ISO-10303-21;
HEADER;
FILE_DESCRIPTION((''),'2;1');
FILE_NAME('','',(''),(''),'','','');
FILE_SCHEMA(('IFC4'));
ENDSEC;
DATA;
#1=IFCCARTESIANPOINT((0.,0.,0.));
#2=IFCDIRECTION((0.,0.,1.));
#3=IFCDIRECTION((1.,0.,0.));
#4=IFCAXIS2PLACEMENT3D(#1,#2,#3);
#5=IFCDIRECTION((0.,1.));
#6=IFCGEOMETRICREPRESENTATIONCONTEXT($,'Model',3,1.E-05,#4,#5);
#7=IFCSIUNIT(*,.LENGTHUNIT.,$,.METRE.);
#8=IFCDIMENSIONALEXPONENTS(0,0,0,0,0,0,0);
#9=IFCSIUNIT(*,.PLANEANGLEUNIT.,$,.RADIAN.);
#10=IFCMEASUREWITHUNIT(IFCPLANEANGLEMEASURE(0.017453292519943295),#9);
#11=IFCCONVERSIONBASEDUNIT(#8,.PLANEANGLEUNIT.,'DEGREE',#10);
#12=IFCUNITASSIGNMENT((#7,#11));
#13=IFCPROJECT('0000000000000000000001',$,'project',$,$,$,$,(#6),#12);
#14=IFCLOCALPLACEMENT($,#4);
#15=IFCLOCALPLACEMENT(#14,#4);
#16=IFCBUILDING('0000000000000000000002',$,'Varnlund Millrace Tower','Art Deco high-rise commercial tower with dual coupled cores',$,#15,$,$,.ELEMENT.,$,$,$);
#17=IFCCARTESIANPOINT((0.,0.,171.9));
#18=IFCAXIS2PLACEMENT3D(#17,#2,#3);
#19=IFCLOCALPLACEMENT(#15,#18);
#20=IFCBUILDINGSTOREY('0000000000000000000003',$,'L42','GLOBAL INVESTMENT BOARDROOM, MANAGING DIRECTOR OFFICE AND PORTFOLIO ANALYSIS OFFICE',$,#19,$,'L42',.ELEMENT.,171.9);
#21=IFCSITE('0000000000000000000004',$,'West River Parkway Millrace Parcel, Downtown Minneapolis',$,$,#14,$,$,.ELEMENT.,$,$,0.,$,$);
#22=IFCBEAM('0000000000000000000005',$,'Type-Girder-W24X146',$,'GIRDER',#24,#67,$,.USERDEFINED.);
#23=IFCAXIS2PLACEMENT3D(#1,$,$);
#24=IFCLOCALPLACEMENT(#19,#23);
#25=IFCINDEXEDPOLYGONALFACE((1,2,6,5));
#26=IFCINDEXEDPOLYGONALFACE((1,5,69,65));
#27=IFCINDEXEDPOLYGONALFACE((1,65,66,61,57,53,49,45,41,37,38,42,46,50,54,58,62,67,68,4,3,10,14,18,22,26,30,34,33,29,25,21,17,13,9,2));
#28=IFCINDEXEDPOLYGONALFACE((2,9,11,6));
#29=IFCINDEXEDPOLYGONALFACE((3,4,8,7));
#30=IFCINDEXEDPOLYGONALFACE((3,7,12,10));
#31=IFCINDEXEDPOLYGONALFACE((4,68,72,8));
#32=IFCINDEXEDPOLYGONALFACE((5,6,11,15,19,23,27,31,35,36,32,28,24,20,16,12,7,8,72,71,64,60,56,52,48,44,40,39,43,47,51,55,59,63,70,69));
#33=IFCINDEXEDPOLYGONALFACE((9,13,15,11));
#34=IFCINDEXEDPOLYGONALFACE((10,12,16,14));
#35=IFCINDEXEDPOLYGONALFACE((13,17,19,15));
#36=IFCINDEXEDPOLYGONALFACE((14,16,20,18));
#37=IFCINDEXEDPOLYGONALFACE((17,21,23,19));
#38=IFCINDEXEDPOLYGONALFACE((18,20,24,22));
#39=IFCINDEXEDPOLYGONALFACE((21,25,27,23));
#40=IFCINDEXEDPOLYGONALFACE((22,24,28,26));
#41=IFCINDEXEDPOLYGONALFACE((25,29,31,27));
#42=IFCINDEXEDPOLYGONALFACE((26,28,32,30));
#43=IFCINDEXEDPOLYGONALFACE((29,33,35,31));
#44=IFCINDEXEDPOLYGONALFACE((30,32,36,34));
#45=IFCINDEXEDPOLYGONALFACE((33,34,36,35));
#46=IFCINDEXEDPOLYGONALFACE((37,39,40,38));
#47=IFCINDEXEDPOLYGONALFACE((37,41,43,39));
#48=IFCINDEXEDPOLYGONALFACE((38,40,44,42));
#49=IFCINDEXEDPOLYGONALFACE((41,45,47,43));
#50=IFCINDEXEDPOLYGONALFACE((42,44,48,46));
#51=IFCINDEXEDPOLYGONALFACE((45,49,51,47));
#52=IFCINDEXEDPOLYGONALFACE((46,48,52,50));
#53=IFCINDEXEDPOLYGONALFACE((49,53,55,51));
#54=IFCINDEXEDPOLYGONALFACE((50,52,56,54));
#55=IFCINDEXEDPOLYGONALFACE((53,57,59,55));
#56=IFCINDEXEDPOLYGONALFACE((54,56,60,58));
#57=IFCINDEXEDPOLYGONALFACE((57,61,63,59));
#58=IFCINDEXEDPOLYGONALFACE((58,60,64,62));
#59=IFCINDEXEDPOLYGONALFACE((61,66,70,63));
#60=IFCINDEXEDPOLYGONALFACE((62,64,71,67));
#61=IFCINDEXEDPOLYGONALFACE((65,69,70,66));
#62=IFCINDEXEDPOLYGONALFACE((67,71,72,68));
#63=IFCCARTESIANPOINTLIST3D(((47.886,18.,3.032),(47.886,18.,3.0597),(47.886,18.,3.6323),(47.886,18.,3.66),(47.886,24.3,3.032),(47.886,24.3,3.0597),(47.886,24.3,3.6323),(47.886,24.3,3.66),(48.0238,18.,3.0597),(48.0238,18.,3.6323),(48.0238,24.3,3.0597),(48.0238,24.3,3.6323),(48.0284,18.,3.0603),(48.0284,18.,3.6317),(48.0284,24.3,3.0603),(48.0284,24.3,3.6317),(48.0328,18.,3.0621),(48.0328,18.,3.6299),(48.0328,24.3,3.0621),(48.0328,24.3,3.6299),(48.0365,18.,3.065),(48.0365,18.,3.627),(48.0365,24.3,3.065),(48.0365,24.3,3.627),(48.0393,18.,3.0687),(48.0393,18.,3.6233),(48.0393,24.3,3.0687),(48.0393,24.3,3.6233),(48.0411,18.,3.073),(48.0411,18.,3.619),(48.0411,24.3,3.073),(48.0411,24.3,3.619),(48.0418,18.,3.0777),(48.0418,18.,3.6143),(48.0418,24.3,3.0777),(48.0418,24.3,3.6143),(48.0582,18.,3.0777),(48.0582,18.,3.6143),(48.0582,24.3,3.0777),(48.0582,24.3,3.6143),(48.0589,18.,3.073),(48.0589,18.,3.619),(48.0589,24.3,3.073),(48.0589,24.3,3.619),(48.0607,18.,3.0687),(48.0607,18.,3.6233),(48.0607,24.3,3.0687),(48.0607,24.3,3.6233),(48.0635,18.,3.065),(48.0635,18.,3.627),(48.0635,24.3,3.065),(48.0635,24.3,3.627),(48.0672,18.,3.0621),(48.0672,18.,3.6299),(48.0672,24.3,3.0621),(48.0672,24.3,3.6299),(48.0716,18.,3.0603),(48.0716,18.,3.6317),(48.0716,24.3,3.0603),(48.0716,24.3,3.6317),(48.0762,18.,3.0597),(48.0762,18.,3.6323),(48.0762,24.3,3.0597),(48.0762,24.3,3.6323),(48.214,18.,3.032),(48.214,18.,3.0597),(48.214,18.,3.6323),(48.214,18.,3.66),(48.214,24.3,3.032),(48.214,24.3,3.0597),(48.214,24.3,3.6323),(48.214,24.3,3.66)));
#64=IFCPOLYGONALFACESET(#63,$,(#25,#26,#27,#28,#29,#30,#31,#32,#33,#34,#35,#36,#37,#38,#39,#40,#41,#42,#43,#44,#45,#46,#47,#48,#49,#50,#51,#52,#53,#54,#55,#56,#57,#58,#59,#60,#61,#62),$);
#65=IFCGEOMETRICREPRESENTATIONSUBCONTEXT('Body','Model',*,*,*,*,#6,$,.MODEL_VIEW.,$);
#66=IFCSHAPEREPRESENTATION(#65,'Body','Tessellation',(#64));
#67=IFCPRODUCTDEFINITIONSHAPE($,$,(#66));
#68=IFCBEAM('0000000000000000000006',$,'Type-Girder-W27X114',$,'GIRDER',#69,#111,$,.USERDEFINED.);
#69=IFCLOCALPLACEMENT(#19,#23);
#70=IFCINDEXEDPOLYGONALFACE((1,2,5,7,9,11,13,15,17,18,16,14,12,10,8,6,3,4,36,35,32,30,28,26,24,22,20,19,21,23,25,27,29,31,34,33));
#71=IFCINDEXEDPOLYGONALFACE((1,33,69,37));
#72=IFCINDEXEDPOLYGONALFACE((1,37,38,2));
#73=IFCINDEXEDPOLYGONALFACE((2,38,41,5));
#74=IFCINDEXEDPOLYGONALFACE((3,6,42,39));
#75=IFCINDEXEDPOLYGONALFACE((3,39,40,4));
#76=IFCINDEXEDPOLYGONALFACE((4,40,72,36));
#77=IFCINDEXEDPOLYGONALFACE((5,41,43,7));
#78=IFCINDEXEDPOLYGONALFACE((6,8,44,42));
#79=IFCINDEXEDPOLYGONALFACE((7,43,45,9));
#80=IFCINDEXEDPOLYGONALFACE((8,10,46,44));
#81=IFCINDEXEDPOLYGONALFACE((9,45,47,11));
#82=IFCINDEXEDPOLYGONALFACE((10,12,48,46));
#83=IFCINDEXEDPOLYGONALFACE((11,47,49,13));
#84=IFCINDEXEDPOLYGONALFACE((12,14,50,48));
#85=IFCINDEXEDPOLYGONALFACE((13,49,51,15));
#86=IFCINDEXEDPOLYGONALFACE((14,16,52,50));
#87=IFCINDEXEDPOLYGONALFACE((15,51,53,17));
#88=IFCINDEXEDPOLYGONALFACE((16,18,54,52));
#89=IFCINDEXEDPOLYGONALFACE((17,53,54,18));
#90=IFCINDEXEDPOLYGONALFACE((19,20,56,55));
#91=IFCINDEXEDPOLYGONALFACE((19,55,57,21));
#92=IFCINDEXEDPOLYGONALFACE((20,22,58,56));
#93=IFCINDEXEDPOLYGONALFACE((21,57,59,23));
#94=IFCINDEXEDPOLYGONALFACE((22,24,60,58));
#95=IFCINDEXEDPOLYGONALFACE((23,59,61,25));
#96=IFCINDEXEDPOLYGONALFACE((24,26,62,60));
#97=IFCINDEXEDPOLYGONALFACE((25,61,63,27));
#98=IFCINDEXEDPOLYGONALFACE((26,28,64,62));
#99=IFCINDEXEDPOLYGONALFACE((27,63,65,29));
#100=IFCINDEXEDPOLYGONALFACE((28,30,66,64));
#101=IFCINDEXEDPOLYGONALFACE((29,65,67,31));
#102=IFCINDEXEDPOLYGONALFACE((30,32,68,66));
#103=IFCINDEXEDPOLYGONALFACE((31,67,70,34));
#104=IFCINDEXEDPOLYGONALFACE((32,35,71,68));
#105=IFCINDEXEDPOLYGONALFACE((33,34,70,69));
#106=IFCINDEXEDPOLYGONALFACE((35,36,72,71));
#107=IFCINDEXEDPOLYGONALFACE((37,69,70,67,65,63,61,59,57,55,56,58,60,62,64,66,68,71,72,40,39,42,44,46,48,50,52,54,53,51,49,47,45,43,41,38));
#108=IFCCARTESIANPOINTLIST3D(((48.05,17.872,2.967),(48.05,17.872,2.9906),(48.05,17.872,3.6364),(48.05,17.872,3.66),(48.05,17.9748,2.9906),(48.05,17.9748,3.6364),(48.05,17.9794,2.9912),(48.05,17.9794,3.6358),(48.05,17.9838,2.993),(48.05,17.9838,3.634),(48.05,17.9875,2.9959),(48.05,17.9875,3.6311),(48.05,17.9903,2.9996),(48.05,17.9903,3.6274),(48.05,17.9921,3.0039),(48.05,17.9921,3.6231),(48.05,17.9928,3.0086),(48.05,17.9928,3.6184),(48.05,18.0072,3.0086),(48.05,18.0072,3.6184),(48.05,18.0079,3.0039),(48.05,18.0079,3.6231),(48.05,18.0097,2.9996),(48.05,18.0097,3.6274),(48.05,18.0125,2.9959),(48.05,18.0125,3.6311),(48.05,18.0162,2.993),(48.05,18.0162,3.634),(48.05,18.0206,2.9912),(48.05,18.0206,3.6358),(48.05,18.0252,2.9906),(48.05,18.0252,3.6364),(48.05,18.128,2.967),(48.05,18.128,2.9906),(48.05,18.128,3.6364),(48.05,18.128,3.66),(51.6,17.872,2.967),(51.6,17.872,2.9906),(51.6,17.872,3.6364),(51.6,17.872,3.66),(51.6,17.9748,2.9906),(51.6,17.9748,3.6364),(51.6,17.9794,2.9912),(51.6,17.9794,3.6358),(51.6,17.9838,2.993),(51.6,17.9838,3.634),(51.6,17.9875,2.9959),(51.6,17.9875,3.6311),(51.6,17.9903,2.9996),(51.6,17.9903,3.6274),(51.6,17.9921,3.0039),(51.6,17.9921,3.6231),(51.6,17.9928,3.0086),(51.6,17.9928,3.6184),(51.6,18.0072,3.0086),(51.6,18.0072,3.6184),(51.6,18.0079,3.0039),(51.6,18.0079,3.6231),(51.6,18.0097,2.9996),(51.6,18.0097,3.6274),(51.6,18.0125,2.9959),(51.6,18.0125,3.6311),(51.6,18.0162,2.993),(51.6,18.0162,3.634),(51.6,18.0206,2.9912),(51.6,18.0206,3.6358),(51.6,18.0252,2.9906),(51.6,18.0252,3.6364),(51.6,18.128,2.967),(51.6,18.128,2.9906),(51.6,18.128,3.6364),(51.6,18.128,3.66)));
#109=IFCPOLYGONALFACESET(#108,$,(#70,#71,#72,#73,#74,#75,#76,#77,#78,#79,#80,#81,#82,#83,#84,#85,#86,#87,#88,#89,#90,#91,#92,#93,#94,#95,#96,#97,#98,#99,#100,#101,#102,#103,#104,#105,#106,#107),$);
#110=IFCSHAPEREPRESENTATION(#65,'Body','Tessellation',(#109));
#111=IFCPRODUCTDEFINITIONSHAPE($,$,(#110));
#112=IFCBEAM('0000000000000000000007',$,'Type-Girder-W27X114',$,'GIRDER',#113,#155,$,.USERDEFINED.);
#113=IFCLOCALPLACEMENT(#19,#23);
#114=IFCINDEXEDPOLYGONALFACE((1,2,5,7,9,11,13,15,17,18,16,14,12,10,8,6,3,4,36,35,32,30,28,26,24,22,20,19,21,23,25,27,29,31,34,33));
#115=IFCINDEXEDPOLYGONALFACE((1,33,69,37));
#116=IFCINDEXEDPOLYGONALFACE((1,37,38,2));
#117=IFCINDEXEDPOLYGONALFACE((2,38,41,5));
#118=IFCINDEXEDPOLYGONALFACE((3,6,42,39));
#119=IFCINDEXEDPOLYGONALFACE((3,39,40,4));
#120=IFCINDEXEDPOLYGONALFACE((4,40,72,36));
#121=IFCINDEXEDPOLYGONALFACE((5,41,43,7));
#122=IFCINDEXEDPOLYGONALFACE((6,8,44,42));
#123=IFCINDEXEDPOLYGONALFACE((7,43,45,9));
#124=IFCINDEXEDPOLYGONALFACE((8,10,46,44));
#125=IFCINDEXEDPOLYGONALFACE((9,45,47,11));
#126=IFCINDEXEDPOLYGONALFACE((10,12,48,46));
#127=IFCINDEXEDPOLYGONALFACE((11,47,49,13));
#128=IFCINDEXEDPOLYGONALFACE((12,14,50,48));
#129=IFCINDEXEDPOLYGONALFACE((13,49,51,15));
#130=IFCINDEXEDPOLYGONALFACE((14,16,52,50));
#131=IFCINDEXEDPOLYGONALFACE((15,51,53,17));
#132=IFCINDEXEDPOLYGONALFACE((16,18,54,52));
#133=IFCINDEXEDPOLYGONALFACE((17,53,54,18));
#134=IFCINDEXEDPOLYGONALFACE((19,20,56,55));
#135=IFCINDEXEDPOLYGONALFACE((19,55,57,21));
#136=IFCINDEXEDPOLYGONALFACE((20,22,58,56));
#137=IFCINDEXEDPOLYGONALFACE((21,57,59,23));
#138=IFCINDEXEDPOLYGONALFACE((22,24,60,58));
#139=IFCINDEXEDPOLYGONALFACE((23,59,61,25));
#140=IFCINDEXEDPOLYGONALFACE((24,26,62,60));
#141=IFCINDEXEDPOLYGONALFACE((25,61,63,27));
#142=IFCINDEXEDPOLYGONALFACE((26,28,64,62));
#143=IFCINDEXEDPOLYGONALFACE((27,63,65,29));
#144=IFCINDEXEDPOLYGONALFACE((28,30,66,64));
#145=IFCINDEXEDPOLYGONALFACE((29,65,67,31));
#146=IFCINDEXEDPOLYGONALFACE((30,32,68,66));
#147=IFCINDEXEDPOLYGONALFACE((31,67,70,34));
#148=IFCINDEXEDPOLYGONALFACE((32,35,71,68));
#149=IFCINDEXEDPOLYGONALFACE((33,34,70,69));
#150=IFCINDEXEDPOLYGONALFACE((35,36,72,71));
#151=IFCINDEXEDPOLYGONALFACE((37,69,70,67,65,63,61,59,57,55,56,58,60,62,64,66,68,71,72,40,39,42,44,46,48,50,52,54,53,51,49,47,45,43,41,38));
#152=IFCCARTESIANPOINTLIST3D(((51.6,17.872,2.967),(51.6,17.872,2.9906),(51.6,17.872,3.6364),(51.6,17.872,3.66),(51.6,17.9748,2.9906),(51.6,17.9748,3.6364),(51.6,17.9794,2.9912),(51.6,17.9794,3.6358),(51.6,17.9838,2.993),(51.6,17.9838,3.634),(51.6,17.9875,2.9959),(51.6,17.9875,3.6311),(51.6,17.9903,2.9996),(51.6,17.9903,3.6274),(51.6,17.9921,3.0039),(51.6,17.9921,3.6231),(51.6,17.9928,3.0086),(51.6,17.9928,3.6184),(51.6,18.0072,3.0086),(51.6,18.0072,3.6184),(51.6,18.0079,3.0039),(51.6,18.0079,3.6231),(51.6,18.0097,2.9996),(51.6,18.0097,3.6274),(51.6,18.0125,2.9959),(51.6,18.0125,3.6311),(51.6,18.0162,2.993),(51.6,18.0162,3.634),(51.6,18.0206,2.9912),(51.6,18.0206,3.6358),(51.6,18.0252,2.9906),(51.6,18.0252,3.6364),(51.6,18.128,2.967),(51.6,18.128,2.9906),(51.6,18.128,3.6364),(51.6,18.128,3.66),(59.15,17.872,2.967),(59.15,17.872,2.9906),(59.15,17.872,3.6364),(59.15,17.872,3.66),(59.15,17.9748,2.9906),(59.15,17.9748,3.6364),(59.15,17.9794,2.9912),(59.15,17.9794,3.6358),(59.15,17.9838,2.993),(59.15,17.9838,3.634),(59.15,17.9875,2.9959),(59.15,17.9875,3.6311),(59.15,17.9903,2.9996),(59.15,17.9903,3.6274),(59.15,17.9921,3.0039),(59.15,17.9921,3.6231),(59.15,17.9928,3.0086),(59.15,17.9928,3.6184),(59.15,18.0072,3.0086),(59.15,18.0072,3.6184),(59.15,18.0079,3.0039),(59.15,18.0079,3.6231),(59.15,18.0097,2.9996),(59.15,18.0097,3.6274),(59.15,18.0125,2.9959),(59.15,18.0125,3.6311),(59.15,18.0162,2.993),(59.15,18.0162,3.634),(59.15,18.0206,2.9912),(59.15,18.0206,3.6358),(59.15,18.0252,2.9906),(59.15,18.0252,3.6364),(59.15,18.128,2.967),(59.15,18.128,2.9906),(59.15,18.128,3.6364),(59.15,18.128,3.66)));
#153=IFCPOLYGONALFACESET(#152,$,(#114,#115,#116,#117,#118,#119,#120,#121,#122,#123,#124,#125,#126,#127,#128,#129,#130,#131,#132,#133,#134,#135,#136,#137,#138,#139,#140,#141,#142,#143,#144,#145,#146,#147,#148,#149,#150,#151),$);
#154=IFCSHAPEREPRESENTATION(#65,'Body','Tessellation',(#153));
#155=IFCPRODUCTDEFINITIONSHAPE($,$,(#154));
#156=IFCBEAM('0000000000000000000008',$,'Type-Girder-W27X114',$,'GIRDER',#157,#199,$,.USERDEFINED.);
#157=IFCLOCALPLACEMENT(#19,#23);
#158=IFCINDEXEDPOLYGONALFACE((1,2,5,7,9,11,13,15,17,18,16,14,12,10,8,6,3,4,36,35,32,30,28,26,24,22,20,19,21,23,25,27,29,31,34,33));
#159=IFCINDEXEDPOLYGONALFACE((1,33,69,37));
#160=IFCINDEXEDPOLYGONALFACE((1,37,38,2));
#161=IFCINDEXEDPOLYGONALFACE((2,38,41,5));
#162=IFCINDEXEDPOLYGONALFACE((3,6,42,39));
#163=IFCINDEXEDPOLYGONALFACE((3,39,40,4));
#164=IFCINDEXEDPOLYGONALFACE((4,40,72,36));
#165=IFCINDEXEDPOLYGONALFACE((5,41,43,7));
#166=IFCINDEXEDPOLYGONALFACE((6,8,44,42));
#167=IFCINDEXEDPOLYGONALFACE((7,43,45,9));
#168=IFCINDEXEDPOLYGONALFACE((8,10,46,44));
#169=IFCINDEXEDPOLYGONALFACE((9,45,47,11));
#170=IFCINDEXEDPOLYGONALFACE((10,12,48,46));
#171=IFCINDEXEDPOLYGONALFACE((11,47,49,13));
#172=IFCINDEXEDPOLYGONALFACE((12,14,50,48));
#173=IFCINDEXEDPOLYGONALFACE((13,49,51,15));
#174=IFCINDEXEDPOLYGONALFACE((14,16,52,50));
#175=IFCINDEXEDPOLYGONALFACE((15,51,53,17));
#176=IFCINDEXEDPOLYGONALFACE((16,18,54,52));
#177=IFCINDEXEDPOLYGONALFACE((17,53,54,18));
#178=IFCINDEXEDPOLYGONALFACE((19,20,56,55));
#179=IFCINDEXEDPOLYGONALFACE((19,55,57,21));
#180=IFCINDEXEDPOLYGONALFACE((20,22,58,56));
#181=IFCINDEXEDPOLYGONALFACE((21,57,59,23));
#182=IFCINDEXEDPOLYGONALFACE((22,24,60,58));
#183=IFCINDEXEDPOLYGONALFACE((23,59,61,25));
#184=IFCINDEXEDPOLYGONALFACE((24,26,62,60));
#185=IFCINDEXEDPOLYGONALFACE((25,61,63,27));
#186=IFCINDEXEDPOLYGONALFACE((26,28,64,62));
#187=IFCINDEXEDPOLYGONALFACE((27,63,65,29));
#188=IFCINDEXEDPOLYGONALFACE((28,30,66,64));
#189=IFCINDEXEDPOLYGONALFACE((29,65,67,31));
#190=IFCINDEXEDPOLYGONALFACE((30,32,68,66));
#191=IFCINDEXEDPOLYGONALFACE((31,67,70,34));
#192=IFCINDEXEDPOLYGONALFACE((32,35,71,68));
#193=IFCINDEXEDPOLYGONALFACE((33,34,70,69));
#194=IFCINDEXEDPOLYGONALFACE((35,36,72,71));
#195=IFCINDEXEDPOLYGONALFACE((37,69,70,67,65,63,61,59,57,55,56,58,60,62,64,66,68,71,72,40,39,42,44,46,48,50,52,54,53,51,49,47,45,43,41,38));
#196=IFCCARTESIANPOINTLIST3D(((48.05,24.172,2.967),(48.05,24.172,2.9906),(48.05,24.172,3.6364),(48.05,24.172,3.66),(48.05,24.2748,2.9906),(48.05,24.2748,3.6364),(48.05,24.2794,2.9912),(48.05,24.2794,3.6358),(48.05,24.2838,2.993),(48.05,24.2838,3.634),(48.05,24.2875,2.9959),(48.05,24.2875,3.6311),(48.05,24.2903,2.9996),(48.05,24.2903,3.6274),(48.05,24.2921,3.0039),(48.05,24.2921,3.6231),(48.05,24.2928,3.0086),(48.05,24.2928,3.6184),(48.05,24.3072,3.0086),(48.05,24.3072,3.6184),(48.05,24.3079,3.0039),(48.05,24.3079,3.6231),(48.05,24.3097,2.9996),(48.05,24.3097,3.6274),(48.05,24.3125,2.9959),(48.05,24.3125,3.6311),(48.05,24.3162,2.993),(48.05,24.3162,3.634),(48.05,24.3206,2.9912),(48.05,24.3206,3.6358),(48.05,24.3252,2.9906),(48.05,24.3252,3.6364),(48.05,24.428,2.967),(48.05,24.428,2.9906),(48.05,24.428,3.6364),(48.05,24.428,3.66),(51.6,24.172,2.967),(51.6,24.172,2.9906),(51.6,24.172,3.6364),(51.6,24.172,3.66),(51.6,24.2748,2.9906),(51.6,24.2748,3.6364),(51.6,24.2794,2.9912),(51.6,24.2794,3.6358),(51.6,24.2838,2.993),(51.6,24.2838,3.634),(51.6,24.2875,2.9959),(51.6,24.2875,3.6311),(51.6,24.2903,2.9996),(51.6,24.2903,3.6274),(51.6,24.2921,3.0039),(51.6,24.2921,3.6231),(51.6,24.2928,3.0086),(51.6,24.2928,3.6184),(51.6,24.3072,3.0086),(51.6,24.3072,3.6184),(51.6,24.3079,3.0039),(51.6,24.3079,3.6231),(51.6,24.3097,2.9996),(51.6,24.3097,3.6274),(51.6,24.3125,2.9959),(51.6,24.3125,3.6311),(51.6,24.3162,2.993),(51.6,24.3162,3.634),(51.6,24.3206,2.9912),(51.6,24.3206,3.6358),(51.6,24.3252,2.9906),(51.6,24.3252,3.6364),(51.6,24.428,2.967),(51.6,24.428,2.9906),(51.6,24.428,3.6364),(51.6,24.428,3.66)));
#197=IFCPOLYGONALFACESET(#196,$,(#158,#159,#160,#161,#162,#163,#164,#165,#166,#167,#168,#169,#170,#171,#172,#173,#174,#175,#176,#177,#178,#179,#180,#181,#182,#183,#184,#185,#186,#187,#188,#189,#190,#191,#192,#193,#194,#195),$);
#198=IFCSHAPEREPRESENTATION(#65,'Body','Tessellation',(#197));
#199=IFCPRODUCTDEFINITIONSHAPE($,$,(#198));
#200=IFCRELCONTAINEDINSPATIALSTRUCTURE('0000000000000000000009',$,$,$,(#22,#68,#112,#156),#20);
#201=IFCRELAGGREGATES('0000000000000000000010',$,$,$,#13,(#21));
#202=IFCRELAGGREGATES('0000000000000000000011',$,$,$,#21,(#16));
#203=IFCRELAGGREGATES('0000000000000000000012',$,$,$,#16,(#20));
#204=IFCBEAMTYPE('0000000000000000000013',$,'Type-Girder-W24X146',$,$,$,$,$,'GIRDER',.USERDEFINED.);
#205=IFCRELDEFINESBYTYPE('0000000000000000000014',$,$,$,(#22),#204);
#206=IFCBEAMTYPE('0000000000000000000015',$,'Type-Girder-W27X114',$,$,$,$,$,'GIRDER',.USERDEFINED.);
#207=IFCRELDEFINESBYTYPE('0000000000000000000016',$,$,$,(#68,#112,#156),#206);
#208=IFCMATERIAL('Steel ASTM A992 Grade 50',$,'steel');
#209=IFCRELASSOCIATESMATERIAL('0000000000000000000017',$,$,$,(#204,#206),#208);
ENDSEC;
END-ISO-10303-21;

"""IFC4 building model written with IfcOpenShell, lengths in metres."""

from ifc_helpers import new_model, entity, si_unit, converted_unit, direction, frame, origin_with_axes, origin_2d_with_axis, place, context, subcontext, project, spatial, i_section, extrude, material, material_profile, profile_set, type_object, element, save


model = new_model("IFC4")

# Units and contexts
model_context = context("Model", 3, precision=1e-05, world=origin_with_axes(), true_north=direction((0.0, 1.0)))
body_context = subcontext(model_context, "Body", "Model", "MODEL_VIEW")
ifc_project = project(units=[si_unit("LENGTHUNIT", "METRE"), converted_unit("PLANEANGLEUNIT", "DEGREE", entity("IfcPlaneAngleMeasure", 0.017453292519943295), si_unit("PLANEANGLEUNIT", "RADIAN"), dimensions=[0, 0, 0, 0, 0, 0, 0])], contexts=[model_context])

# Site, building, storey
site_placement = place(None, origin_with_axes())
site = spatial("IfcSite", under=ifc_project, at=site_placement, Name="West River Parkway Millrace Parcel, Downtown Minneapolis", CompositionType="ELEMENT", RefElevation=0.0)
building_placement = place(site_placement, origin_with_axes())
building = spatial("IfcBuilding", under=site, at=building_placement, Name="Varnlund Millrace Tower", Description="Art Deco high-rise commercial tower with dual coupled cores", CompositionType="ELEMENT")
storey_placement = place(building_placement, frame((0.0, 0.0, 171.9), z_axis=(0.0, 0.0, 1.0), x_axis=(1.0, 0.0, 0.0)))
storey = spatial("IfcBuildingStorey", under=building, at=storey_placement, Name="L42", Description="GLOBAL INVESTMENT BOARDROOM, MANAGING DIRECTOR OFFICE AND PORTFOLIO ANALYSIS OFFICE", LongName="L42", CompositionType="ELEMENT", Elevation=171.9)

# Beams
ifc_material_1 = material(Name="Steel ASTM A992 Grade 50", Category="steel")
ifc_material_profile_1 = material_profile(ifc_material_1, i_section(OverallWidth=0.328, OverallDepth=0.628, WebThickness=0.0165, FlangeThickness=0.0277, FilletRadius=0.018, at=origin_2d_with_axis()), Name="Steel ASTM A992 Grade 50")
ifc_profile_set_1 = profile_set([ifc_material_profile_1], Name="Steel ASTM A992 Grade 50")
beam_type_1 = type_object("IfcBeamType", Name="Type-Girder-W24X146", ElementType="GIRDER", PredefinedType="USERDEFINED", material=ifc_profile_set_1)
beam_1_placement = place(storey_placement, frame((48.05, 18.0, 3.346), z_axis=(0.0, 1.0, 0.0), x_axis=(-1.0, 0.0, 0.0)))
element("IfcBeam", 1, at=beam_1_placement, inside=storey, type_object=beam_type_1, Name="Type-Girder-W24X146", ObjectType="GIRDER", PredefinedType="USERDEFINED", context=body_context, shape_type="SweptSolid", body=[
    extrude(i_section(OverallWidth=0.328, OverallDepth=0.628, WebThickness=0.0165, FlangeThickness=0.0277, FilletRadius=0.018, at=origin_2d_with_axis()), origin_with_axes(), (0.0, 0.0, 1.0), 6.3),
])
ifc_material_profile_2 = material_profile(ifc_material_1, i_section(OverallWidth=0.256, OverallDepth=0.693, WebThickness=0.0145, FlangeThickness=0.0236, FilletRadius=0.018, at=origin_2d_with_axis()), Name="Steel ASTM A992 Grade 50")
ifc_profile_set_2 = profile_set([ifc_material_profile_2], Name="Steel ASTM A992 Grade 50")
beam_type_2 = type_object("IfcBeamType", Name="Type-Girder-W27X114", ElementType="GIRDER", PredefinedType="USERDEFINED", material=ifc_profile_set_2)
beam_2_placement = place(storey_placement, frame((48.05, 18.0, 3.3135), z_axis=(1.0, 0.0, 0.0), x_axis=(0.0, 1.0, 0.0)))
element("IfcBeam", 2, at=beam_2_placement, inside=storey, type_object=beam_type_2, Name="Type-Girder-W27X114", ObjectType="GIRDER", PredefinedType="USERDEFINED", context=body_context, shape_type="SweptSolid", body=[
    extrude(i_section(OverallWidth=0.256, OverallDepth=0.693, WebThickness=0.0145, FlangeThickness=0.0236, FilletRadius=0.018, at=origin_2d_with_axis()), origin_with_axes(), (0.0, 0.0, 1.0), 3.55),
])
beam_3_placement = place(storey_placement, frame((51.6, 18.0, 3.3135), z_axis=(1.0, 0.0, 0.0), x_axis=(0.0, 1.0, 0.0)))
element("IfcBeam", 3, at=beam_3_placement, inside=storey, type_object=beam_type_2, Name="Type-Girder-W27X114", ObjectType="GIRDER", PredefinedType="USERDEFINED", context=body_context, shape_type="SweptSolid", body=[
    extrude(i_section(OverallWidth=0.256, OverallDepth=0.693, WebThickness=0.0145, FlangeThickness=0.0236, FilletRadius=0.018, at=origin_2d_with_axis()), origin_with_axes(), (0.0, 0.0, 1.0), 7.55),
])
beam_4_placement = place(storey_placement, frame((48.05, 24.3, 3.3135), z_axis=(1.0, 0.0, 0.0), x_axis=(0.0, 1.0, 0.0)))
element("IfcBeam", 4, at=beam_4_placement, inside=storey, type_object=beam_type_2, Name="Type-Girder-W27X114", ObjectType="GIRDER", PredefinedType="USERDEFINED", context=body_context, shape_type="SweptSolid", body=[
    extrude(i_section(OverallWidth=0.256, OverallDepth=0.693, WebThickness=0.0145, FlangeThickness=0.0236, FilletRadius=0.018, at=origin_2d_with_axis()), origin_with_axes(), (0.0, 0.0, 1.0), 3.55),
])

save(model, "model.ifc")
